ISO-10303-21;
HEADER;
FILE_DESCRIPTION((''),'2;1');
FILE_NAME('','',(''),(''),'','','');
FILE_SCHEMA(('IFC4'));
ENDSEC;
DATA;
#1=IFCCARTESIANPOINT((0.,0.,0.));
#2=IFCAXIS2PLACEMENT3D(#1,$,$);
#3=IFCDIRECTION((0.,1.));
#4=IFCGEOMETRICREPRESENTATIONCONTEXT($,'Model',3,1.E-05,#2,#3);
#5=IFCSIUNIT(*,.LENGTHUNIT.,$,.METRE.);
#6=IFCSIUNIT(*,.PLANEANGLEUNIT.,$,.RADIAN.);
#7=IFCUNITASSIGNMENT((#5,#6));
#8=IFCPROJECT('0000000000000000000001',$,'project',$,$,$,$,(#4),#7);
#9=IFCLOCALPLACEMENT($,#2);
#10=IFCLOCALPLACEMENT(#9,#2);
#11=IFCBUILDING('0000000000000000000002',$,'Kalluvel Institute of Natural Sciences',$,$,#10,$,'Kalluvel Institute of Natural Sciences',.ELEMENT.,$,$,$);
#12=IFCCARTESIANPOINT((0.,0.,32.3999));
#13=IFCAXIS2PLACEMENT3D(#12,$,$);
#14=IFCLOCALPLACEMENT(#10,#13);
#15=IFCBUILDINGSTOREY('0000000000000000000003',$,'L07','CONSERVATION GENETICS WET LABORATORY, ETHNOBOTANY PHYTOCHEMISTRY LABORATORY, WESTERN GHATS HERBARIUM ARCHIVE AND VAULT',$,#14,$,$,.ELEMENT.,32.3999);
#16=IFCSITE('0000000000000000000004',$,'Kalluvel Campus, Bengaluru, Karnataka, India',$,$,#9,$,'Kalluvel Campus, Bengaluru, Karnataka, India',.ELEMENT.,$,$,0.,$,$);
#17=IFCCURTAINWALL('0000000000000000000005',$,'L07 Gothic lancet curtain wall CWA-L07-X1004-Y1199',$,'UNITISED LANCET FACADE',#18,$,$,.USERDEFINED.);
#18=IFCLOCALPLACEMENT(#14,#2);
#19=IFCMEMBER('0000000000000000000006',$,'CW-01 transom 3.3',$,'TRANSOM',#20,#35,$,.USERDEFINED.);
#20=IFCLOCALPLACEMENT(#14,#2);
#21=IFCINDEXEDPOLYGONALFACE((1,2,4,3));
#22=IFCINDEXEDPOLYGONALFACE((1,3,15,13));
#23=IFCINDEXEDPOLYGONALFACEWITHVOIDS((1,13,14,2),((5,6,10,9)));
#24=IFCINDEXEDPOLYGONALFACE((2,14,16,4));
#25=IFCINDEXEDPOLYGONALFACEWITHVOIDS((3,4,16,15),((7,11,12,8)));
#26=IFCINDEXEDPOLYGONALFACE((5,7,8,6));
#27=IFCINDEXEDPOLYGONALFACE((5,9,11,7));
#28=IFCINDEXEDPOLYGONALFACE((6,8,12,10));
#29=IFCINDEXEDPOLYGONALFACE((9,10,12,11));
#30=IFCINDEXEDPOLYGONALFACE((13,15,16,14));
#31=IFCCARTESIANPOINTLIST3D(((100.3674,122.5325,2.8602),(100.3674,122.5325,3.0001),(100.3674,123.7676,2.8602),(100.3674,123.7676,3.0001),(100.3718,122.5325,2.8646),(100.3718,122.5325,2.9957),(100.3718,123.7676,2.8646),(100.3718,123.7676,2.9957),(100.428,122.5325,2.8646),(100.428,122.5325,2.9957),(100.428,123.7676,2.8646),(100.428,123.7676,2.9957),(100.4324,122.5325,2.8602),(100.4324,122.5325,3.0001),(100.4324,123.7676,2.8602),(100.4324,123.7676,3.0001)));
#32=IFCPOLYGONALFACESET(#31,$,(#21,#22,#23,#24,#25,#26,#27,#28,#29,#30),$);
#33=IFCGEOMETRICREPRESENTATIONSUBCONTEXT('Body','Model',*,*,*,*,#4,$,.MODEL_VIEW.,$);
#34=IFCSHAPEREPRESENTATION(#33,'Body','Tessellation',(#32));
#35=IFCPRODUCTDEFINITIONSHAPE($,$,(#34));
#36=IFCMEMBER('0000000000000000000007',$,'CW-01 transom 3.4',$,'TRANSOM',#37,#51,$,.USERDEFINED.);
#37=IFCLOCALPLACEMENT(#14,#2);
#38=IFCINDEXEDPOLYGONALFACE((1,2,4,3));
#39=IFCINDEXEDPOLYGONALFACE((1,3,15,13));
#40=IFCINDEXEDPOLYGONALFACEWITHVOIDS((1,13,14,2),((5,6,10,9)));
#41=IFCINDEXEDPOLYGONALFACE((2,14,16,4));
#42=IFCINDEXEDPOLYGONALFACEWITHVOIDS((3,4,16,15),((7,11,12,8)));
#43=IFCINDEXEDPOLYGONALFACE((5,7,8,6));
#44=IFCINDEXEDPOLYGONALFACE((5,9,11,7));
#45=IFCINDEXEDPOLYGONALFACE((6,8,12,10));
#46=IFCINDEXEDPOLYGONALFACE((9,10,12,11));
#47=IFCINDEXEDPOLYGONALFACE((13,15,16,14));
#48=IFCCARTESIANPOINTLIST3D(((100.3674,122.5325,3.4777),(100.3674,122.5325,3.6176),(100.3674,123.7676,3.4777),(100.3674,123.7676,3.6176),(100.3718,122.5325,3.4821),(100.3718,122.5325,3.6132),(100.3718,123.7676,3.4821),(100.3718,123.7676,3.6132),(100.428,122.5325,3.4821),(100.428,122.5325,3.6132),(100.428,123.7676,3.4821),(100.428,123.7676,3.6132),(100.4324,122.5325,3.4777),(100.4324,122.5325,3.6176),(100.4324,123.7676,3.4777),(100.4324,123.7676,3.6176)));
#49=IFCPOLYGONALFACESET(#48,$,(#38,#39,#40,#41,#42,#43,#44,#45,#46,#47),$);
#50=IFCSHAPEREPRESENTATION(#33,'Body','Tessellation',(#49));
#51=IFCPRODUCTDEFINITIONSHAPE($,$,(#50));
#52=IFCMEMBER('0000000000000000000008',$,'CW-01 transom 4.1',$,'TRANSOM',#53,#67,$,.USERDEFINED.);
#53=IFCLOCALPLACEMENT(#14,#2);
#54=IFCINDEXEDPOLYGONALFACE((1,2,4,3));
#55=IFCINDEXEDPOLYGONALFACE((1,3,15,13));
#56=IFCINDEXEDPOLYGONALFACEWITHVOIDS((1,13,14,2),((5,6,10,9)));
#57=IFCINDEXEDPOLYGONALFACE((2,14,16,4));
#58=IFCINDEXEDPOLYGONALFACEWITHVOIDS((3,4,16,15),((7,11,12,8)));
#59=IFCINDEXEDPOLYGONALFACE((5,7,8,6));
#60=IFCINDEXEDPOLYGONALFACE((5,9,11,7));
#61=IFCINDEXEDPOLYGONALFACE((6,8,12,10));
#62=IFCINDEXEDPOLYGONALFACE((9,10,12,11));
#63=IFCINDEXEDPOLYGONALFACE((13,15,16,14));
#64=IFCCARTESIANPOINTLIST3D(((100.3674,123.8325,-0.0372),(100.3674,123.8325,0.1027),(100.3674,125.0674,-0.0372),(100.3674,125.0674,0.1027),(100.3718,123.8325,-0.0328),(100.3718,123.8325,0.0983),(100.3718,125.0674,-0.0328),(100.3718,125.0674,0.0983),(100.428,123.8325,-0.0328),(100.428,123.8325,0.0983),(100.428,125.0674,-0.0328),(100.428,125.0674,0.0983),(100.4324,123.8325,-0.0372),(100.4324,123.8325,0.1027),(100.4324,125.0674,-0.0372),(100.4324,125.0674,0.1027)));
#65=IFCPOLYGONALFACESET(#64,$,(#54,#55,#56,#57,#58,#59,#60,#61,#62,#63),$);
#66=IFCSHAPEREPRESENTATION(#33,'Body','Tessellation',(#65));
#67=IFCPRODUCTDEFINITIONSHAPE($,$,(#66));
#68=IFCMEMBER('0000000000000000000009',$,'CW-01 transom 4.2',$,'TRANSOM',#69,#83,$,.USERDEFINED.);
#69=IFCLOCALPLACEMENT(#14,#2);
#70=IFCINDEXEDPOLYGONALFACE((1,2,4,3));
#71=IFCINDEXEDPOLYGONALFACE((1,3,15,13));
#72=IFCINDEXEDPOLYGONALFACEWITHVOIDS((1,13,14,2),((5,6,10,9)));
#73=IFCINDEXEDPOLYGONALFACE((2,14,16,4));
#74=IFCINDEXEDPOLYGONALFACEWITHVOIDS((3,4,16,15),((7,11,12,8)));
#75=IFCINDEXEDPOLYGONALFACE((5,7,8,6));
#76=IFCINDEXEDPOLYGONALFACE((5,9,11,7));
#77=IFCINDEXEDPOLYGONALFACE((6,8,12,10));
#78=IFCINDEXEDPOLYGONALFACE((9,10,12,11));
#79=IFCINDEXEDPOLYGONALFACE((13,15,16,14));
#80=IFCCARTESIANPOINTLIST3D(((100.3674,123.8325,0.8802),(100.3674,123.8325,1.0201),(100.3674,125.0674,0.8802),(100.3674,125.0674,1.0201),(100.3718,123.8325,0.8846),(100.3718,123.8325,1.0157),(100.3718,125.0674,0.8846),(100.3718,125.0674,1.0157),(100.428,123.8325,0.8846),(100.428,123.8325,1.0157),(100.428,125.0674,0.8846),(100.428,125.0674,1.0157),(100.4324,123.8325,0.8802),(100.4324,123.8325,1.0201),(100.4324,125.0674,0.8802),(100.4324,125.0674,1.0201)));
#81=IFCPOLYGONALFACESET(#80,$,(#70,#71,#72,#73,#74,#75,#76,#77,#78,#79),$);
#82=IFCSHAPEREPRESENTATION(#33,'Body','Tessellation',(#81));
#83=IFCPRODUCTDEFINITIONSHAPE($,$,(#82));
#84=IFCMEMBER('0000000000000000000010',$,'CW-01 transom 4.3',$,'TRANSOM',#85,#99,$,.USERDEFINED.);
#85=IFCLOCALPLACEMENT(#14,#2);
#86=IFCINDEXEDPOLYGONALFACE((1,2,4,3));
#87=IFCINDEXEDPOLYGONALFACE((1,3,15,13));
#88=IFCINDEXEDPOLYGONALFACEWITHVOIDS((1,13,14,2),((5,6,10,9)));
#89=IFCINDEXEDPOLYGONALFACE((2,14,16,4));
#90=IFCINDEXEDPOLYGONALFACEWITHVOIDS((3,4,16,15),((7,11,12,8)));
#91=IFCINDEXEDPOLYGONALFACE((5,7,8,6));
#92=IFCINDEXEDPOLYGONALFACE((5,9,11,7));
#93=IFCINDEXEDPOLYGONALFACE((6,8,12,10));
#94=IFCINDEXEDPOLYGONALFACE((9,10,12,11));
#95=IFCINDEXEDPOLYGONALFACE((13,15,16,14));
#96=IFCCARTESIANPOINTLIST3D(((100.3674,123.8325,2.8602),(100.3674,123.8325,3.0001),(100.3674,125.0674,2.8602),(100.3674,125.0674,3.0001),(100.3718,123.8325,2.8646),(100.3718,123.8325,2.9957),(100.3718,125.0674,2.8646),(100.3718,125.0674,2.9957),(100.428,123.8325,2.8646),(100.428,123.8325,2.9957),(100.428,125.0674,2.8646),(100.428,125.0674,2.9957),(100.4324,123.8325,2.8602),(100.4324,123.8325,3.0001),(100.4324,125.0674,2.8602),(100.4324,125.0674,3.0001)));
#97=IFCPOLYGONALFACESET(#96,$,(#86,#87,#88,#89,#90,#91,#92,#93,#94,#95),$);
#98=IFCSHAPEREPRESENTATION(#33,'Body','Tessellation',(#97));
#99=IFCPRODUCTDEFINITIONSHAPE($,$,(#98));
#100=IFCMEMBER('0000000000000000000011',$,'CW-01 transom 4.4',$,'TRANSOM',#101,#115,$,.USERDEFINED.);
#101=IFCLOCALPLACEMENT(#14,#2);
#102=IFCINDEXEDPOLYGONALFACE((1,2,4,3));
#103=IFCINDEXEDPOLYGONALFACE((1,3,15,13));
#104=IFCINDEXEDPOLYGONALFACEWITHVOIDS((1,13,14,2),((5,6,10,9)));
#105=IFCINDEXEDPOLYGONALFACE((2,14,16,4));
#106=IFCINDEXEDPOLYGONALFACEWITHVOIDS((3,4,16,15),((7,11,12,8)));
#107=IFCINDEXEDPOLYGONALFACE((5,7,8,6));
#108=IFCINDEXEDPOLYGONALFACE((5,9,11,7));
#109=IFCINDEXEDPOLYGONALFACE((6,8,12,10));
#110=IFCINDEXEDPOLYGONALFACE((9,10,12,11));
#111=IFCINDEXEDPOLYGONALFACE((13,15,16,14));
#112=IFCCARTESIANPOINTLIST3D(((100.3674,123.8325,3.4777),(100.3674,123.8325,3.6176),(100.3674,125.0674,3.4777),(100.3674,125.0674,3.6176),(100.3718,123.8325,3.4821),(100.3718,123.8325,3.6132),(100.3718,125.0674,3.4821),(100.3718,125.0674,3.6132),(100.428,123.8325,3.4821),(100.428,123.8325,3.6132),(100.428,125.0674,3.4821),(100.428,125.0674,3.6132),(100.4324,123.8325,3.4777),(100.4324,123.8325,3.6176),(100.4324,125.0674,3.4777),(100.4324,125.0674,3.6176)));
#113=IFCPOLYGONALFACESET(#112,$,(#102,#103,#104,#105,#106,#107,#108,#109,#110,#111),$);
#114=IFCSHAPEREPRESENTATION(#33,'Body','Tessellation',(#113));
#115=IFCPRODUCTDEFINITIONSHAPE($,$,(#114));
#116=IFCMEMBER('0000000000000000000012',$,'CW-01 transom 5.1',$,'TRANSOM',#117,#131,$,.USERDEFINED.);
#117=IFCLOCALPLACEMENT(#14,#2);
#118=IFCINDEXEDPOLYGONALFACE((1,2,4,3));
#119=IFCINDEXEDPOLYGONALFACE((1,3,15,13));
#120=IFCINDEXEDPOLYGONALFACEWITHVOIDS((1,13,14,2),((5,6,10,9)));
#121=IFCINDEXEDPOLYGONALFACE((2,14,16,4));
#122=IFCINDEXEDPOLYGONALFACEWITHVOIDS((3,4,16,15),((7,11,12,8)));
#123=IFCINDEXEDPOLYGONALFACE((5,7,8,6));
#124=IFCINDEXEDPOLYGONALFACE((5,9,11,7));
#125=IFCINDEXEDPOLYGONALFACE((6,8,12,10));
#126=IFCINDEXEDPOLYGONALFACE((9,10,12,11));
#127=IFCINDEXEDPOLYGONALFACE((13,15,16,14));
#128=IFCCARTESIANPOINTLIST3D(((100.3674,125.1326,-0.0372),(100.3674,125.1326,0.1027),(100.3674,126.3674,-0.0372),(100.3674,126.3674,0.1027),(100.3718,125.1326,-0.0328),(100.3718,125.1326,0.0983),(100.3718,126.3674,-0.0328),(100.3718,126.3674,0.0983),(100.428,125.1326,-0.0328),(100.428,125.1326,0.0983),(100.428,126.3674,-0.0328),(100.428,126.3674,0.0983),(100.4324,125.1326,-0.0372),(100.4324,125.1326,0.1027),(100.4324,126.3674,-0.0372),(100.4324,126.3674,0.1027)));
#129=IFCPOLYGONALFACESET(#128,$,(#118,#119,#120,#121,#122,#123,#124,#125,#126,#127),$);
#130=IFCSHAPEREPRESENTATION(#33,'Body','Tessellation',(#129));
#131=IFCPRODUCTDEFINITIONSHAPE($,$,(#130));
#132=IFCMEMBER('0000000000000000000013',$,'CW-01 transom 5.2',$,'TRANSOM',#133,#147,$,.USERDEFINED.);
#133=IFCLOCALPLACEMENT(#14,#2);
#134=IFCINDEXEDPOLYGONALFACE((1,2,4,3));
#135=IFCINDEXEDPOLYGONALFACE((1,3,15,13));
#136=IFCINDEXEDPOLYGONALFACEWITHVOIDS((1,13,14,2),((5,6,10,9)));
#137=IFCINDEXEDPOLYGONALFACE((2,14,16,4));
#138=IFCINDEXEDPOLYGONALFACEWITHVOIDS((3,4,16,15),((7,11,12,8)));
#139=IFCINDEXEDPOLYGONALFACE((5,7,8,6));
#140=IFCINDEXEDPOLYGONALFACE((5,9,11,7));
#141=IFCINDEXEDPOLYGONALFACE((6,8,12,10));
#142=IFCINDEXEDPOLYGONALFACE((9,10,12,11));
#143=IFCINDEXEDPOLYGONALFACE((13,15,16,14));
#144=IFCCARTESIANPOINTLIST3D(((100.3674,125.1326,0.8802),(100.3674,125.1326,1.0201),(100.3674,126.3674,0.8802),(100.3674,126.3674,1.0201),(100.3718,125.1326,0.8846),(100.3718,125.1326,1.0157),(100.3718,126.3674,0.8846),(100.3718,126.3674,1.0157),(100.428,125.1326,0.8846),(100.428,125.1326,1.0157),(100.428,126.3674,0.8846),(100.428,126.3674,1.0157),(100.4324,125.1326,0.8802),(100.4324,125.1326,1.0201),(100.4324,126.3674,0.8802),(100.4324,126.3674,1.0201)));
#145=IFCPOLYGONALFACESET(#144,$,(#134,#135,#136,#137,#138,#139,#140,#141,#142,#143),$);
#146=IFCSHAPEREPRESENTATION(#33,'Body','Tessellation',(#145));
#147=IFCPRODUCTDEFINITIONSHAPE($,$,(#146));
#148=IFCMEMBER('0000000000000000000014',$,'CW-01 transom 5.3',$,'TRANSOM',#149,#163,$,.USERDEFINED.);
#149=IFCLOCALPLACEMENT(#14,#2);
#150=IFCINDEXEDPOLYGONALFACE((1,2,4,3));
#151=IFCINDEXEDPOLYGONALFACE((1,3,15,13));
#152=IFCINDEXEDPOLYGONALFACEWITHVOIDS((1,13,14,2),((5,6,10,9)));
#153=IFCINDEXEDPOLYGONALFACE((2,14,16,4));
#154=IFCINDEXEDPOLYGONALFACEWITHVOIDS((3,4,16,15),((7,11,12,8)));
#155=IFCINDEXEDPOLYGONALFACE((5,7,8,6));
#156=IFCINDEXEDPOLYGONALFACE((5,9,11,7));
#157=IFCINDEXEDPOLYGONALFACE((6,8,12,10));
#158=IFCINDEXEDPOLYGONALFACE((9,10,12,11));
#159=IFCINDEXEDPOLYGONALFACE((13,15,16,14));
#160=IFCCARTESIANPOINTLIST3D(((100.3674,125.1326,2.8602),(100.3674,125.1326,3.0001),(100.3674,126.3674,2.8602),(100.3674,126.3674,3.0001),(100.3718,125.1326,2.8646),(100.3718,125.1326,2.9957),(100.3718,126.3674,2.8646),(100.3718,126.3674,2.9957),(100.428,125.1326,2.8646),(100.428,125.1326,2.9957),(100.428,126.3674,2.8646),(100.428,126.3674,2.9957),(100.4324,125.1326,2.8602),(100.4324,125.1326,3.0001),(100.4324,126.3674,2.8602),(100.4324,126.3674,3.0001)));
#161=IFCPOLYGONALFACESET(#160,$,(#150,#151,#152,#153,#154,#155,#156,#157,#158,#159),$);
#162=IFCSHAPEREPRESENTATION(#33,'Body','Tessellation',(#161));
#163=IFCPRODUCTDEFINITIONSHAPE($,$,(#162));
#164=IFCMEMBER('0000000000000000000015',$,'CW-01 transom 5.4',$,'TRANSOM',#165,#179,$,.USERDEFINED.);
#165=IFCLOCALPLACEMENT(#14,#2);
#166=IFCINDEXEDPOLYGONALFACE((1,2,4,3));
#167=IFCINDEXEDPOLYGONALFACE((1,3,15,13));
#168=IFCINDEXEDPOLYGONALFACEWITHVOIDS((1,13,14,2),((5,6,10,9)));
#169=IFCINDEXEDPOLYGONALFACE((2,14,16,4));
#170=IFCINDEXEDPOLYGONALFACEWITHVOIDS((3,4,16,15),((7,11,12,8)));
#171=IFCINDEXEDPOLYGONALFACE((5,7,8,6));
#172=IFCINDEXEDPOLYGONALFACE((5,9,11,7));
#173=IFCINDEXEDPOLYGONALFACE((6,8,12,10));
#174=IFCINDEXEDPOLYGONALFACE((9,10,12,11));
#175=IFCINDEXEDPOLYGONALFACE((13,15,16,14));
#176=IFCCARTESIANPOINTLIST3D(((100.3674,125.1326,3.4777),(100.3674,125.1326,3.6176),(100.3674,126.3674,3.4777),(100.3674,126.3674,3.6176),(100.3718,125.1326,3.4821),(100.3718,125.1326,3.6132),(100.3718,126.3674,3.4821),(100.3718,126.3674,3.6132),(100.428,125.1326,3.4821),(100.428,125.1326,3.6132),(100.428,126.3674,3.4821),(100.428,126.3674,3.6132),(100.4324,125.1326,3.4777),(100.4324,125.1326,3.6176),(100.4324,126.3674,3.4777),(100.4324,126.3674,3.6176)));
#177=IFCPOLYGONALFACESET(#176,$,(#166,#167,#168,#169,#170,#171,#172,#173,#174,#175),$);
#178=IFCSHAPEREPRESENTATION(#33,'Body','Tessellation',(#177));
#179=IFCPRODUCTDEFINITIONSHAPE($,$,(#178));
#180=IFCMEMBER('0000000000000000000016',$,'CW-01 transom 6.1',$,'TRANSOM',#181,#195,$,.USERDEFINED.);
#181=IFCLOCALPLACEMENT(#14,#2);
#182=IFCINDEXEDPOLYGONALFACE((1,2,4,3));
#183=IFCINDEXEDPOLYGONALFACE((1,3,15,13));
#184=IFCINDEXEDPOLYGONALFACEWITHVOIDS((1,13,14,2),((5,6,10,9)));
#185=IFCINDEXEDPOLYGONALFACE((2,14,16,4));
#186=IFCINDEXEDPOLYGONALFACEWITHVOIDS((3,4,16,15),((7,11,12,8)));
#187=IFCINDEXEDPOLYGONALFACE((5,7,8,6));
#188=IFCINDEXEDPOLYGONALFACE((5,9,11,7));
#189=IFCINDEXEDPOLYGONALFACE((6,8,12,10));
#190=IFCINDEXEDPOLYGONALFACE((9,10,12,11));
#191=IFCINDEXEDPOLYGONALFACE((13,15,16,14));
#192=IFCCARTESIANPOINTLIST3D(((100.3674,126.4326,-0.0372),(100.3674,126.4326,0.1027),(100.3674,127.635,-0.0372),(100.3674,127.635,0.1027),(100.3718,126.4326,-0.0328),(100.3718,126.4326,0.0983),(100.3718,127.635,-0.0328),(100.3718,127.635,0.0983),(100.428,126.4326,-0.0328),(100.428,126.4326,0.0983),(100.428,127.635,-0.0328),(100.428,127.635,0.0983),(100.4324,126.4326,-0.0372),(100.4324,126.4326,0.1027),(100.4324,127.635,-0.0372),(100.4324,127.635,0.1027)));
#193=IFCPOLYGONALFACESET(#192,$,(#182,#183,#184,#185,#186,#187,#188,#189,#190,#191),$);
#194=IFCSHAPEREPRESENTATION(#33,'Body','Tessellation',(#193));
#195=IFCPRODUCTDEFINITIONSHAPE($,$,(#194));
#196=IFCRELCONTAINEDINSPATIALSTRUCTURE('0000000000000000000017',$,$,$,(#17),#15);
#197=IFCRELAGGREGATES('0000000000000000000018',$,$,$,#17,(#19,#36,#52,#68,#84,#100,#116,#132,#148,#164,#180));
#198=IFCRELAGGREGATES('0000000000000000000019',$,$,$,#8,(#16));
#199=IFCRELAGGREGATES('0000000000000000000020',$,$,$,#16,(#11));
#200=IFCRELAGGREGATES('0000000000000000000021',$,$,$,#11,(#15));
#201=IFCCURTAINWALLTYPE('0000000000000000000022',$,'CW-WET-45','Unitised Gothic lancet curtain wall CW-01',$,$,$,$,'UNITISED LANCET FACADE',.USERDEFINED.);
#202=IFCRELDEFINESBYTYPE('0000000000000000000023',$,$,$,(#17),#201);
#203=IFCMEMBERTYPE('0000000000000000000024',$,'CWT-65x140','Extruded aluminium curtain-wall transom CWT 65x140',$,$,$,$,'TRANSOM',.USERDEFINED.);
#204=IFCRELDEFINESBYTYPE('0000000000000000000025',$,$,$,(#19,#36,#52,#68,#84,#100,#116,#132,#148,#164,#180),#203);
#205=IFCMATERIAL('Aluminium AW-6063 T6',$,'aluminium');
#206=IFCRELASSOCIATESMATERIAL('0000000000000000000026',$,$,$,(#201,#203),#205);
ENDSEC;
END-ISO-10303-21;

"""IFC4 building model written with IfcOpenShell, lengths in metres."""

from ifc_helpers import new_model, si_unit, direction, frame, origin, origin_2d, place, context, subcontext, project, spatial, hollow_rectangle, extrude, material, material_profile, profile_set, type_object, element, aggregate, save


model = new_model("IFC4")

# Units and contexts
model_context = context("Model", 3, precision=1e-05, world=origin(), true_north=direction((0.0, 1.0)))
body_context = subcontext(model_context, "Body", "Model", "MODEL_VIEW")
ifc_project = project(units=[si_unit("LENGTHUNIT", "METRE"), si_unit("PLANEANGLEUNIT", "RADIAN")], contexts=[model_context])

# Site, building, storey
site_placement = place(None, origin())
site = spatial("IfcSite", under=ifc_project, at=site_placement, Name="Kalluvel Campus, Bengaluru, Karnataka, India", LongName="Kalluvel Campus, Bengaluru, Karnataka, India", CompositionType="ELEMENT", RefElevation=0.0)
building_placement = place(site_placement, origin())
building = spatial("IfcBuilding", under=site, at=building_placement, Name="Kalluvel Institute of Natural Sciences", LongName="Kalluvel Institute of Natural Sciences", CompositionType="ELEMENT")
storey_placement = place(building_placement, frame((0.0, 0.0, 32.3999)))
storey = spatial("IfcBuildingStorey", under=building, at=storey_placement, Name="L07", Description="CONSERVATION GENETICS WET LABORATORY, ETHNOBOTANY PHYTOCHEMISTRY LABORATORY, WESTERN GHATS HERBARIUM ARCHIVE AND VAULT", CompositionType="ELEMENT", Elevation=32.3999)

# Curtain wall, members
ifc_material_1 = material(Name="Aluminium AW-6063 T6", Category="aluminium")
curtain_wall_type = type_object("IfcCurtainWallType", Name="CW-WET-45", Description="Unitised Gothic lancet curtain wall CW-01", ElementType="UNITISED LANCET FACADE", PredefinedType="USERDEFINED", material=ifc_material_1)
curtain_wall_placement = place(storey_placement, origin())
curtain_wall = element("IfcCurtainWall", 1, at=curtain_wall_placement, inside=storey, type_object=curtain_wall_type, Name="L07 Gothic lancet curtain wall CWA-L07-X1004-Y1199", ObjectType="UNITISED LANCET FACADE", PredefinedType="USERDEFINED")
ifc_material_profile_1 = material_profile(ifc_material_1, hollow_rectangle(XDim=0.0649, YDim=0.1399, WallThickness=0.0044, at=origin_2d()), Name="CWT 65x140")
ifc_profile_set_1 = profile_set([ifc_material_profile_1], Name="Aluminium AW-6063 T6")
member_type_1 = type_object("IfcMemberType", Name="CWT-65x140", Description="Extruded aluminium curtain-wall transom CWT 65x140", ElementType="TRANSOM", PredefinedType="USERDEFINED", material=ifc_profile_set_1)
member_1_placement = place(storey_placement, frame((100.3999, 122.5325, 2.9302), z_axis=(0.0, 1.0, 0.0), x_axis=(-1.0, 0.0, 0.0)))
member_1 = element("IfcMember", 2, at=member_1_placement, type_object=member_type_1, Name="CW-01 transom 3.3", ObjectType="TRANSOM", PredefinedType="USERDEFINED", context=body_context, shape_type="SweptSolid", body=[
    extrude(hollow_rectangle(XDim=0.0649, YDim=0.1399, WallThickness=0.0044, at=origin_2d()), origin(), (0.0, 0.0, 1.0), 1.2351),
])
member_2_placement = place(storey_placement, frame((100.3999, 122.5325, 3.5476), z_axis=(0.0, 1.0, 0.0), x_axis=(-1.0, 0.0, 0.0)))
member_2 = element("IfcMember", 3, at=member_2_placement, type_object=member_type_1, Name="CW-01 transom 3.4", ObjectType="TRANSOM", PredefinedType="USERDEFINED", context=body_context, shape_type="SweptSolid", body=[
    extrude(hollow_rectangle(XDim=0.0649, YDim=0.1399, WallThickness=0.0044, at=origin_2d()), origin(), (0.0, 0.0, 1.0), 1.2351),
])
member_3_placement = place(storey_placement, frame((100.3999, 123.8325, 0.0327), z_axis=(0.0, 1.0, 0.0), x_axis=(-1.0, 0.0, 0.0)))
member_3 = element("IfcMember", 4, at=member_3_placement, type_object=member_type_1, Name="CW-01 transom 4.1", ObjectType="TRANSOM", PredefinedType="USERDEFINED", context=body_context, shape_type="SweptSolid", body=[
    extrude(hollow_rectangle(XDim=0.0649, YDim=0.1399, WallThickness=0.0044, at=origin_2d()), origin(), (0.0, 0.0, 1.0), 1.2349),
])
member_4_placement = place(storey_placement, frame((100.3999, 123.8325, 0.9502), z_axis=(0.0, 1.0, 0.0), x_axis=(-1.0, 0.0, 0.0)))
member_4 = element("IfcMember", 5, at=member_4_placement, type_object=member_type_1, Name="CW-01 transom 4.2", ObjectType="TRANSOM", PredefinedType="USERDEFINED", context=body_context, shape_type="SweptSolid", body=[
    extrude(hollow_rectangle(XDim=0.0649, YDim=0.1399, WallThickness=0.0044, at=origin_2d()), origin(), (0.0, 0.0, 1.0), 1.2349),
])
member_5_placement = place(storey_placement, frame((100.3999, 123.8325, 2.9302), z_axis=(0.0, 1.0, 0.0), x_axis=(-1.0, 0.0, 0.0)))
member_5 = element("IfcMember", 6, at=member_5_placement, type_object=member_type_1, Name="CW-01 transom 4.3", ObjectType="TRANSOM", PredefinedType="USERDEFINED", context=body_context, shape_type="SweptSolid", body=[
    extrude(hollow_rectangle(XDim=0.0649, YDim=0.1399, WallThickness=0.0044, at=origin_2d()), origin(), (0.0, 0.0, 1.0), 1.2349),
])
member_6_placement = place(storey_placement, frame((100.3999, 123.8325, 3.5476), z_axis=(0.0, 1.0, 0.0), x_axis=(-1.0, 0.0, 0.0)))
member_6 = element("IfcMember", 7, at=member_6_placement, type_object=member_type_1, Name="CW-01 transom 4.4", ObjectType="TRANSOM", PredefinedType="USERDEFINED", context=body_context, shape_type="SweptSolid", body=[
    extrude(hollow_rectangle(XDim=0.0649, YDim=0.1399, WallThickness=0.0044, at=origin_2d()), origin(), (0.0, 0.0, 1.0), 1.2349),
])
member_7_placement = place(storey_placement, frame((100.3999, 125.1326, 0.0327), z_axis=(0.0, 1.0, 0.0), x_axis=(-1.0, 0.0, 0.0)))
member_7 = element("IfcMember", 8, at=member_7_placement, type_object=member_type_1, Name="CW-01 transom 5.1", ObjectType="TRANSOM", PredefinedType="USERDEFINED", context=body_context, shape_type="SweptSolid", body=[
    extrude(hollow_rectangle(XDim=0.0649, YDim=0.1399, WallThickness=0.0044, at=origin_2d()), origin(), (0.0, 0.0, 1.0), 1.2349),
])
member_8_placement = place(storey_placement, frame((100.3999, 125.1326, 0.9502), z_axis=(0.0, 1.0, 0.0), x_axis=(-1.0, 0.0, 0.0)))
member_8 = element("IfcMember", 9, at=member_8_placement, type_object=member_type_1, Name="CW-01 transom 5.2", ObjectType="TRANSOM", PredefinedType="USERDEFINED", context=body_context, shape_type="SweptSolid", body=[
    extrude(hollow_rectangle(XDim=0.0649, YDim=0.1399, WallThickness=0.0044, at=origin_2d()), origin(), (0.0, 0.0, 1.0), 1.2349),
])
member_9_placement = place(storey_placement, frame((100.3999, 125.1326, 2.9302), z_axis=(0.0, 1.0, 0.0), x_axis=(-1.0, 0.0, 0.0)))
member_9 = element("IfcMember", 10, at=member_9_placement, type_object=member_type_1, Name="CW-01 transom 5.3", ObjectType="TRANSOM", PredefinedType="USERDEFINED", context=body_context, shape_type="SweptSolid", body=[
    extrude(hollow_rectangle(XDim=0.0649, YDim=0.1399, WallThickness=0.0044, at=origin_2d()), origin(), (0.0, 0.0, 1.0), 1.2349),
])
member_10_placement = place(storey_placement, frame((100.3999, 125.1326, 3.5476), z_axis=(0.0, 1.0, 0.0), x_axis=(-1.0, 0.0, 0.0)))
member_10 = element("IfcMember", 11, at=member_10_placement, type_object=member_type_1, Name="CW-01 transom 5.4", ObjectType="TRANSOM", PredefinedType="USERDEFINED", context=body_context, shape_type="SweptSolid", body=[
    extrude(hollow_rectangle(XDim=0.0649, YDim=0.1399, WallThickness=0.0044, at=origin_2d()), origin(), (0.0, 0.0, 1.0), 1.2349),
])
member_11_placement = place(storey_placement, frame((100.3999, 126.4326, 0.0327), z_axis=(0.0, 1.0, 0.0), x_axis=(-1.0, 0.0, 0.0)))
member_11 = element("IfcMember", 12, at=member_11_placement, type_object=member_type_1, Name="CW-01 transom 6.1", ObjectType="TRANSOM", PredefinedType="USERDEFINED", context=body_context, shape_type="SweptSolid", body=[
    extrude(hollow_rectangle(XDim=0.0649, YDim=0.1399, WallThickness=0.0044, at=origin_2d()), origin(), (0.0, 0.0, 1.0), 1.2024),
])
aggregate(curtain_wall, [member_1, member_2, member_3, member_4, member_5, member_6, member_7, member_8, member_9, member_10, member_11])

save(model, "model.ifc")
